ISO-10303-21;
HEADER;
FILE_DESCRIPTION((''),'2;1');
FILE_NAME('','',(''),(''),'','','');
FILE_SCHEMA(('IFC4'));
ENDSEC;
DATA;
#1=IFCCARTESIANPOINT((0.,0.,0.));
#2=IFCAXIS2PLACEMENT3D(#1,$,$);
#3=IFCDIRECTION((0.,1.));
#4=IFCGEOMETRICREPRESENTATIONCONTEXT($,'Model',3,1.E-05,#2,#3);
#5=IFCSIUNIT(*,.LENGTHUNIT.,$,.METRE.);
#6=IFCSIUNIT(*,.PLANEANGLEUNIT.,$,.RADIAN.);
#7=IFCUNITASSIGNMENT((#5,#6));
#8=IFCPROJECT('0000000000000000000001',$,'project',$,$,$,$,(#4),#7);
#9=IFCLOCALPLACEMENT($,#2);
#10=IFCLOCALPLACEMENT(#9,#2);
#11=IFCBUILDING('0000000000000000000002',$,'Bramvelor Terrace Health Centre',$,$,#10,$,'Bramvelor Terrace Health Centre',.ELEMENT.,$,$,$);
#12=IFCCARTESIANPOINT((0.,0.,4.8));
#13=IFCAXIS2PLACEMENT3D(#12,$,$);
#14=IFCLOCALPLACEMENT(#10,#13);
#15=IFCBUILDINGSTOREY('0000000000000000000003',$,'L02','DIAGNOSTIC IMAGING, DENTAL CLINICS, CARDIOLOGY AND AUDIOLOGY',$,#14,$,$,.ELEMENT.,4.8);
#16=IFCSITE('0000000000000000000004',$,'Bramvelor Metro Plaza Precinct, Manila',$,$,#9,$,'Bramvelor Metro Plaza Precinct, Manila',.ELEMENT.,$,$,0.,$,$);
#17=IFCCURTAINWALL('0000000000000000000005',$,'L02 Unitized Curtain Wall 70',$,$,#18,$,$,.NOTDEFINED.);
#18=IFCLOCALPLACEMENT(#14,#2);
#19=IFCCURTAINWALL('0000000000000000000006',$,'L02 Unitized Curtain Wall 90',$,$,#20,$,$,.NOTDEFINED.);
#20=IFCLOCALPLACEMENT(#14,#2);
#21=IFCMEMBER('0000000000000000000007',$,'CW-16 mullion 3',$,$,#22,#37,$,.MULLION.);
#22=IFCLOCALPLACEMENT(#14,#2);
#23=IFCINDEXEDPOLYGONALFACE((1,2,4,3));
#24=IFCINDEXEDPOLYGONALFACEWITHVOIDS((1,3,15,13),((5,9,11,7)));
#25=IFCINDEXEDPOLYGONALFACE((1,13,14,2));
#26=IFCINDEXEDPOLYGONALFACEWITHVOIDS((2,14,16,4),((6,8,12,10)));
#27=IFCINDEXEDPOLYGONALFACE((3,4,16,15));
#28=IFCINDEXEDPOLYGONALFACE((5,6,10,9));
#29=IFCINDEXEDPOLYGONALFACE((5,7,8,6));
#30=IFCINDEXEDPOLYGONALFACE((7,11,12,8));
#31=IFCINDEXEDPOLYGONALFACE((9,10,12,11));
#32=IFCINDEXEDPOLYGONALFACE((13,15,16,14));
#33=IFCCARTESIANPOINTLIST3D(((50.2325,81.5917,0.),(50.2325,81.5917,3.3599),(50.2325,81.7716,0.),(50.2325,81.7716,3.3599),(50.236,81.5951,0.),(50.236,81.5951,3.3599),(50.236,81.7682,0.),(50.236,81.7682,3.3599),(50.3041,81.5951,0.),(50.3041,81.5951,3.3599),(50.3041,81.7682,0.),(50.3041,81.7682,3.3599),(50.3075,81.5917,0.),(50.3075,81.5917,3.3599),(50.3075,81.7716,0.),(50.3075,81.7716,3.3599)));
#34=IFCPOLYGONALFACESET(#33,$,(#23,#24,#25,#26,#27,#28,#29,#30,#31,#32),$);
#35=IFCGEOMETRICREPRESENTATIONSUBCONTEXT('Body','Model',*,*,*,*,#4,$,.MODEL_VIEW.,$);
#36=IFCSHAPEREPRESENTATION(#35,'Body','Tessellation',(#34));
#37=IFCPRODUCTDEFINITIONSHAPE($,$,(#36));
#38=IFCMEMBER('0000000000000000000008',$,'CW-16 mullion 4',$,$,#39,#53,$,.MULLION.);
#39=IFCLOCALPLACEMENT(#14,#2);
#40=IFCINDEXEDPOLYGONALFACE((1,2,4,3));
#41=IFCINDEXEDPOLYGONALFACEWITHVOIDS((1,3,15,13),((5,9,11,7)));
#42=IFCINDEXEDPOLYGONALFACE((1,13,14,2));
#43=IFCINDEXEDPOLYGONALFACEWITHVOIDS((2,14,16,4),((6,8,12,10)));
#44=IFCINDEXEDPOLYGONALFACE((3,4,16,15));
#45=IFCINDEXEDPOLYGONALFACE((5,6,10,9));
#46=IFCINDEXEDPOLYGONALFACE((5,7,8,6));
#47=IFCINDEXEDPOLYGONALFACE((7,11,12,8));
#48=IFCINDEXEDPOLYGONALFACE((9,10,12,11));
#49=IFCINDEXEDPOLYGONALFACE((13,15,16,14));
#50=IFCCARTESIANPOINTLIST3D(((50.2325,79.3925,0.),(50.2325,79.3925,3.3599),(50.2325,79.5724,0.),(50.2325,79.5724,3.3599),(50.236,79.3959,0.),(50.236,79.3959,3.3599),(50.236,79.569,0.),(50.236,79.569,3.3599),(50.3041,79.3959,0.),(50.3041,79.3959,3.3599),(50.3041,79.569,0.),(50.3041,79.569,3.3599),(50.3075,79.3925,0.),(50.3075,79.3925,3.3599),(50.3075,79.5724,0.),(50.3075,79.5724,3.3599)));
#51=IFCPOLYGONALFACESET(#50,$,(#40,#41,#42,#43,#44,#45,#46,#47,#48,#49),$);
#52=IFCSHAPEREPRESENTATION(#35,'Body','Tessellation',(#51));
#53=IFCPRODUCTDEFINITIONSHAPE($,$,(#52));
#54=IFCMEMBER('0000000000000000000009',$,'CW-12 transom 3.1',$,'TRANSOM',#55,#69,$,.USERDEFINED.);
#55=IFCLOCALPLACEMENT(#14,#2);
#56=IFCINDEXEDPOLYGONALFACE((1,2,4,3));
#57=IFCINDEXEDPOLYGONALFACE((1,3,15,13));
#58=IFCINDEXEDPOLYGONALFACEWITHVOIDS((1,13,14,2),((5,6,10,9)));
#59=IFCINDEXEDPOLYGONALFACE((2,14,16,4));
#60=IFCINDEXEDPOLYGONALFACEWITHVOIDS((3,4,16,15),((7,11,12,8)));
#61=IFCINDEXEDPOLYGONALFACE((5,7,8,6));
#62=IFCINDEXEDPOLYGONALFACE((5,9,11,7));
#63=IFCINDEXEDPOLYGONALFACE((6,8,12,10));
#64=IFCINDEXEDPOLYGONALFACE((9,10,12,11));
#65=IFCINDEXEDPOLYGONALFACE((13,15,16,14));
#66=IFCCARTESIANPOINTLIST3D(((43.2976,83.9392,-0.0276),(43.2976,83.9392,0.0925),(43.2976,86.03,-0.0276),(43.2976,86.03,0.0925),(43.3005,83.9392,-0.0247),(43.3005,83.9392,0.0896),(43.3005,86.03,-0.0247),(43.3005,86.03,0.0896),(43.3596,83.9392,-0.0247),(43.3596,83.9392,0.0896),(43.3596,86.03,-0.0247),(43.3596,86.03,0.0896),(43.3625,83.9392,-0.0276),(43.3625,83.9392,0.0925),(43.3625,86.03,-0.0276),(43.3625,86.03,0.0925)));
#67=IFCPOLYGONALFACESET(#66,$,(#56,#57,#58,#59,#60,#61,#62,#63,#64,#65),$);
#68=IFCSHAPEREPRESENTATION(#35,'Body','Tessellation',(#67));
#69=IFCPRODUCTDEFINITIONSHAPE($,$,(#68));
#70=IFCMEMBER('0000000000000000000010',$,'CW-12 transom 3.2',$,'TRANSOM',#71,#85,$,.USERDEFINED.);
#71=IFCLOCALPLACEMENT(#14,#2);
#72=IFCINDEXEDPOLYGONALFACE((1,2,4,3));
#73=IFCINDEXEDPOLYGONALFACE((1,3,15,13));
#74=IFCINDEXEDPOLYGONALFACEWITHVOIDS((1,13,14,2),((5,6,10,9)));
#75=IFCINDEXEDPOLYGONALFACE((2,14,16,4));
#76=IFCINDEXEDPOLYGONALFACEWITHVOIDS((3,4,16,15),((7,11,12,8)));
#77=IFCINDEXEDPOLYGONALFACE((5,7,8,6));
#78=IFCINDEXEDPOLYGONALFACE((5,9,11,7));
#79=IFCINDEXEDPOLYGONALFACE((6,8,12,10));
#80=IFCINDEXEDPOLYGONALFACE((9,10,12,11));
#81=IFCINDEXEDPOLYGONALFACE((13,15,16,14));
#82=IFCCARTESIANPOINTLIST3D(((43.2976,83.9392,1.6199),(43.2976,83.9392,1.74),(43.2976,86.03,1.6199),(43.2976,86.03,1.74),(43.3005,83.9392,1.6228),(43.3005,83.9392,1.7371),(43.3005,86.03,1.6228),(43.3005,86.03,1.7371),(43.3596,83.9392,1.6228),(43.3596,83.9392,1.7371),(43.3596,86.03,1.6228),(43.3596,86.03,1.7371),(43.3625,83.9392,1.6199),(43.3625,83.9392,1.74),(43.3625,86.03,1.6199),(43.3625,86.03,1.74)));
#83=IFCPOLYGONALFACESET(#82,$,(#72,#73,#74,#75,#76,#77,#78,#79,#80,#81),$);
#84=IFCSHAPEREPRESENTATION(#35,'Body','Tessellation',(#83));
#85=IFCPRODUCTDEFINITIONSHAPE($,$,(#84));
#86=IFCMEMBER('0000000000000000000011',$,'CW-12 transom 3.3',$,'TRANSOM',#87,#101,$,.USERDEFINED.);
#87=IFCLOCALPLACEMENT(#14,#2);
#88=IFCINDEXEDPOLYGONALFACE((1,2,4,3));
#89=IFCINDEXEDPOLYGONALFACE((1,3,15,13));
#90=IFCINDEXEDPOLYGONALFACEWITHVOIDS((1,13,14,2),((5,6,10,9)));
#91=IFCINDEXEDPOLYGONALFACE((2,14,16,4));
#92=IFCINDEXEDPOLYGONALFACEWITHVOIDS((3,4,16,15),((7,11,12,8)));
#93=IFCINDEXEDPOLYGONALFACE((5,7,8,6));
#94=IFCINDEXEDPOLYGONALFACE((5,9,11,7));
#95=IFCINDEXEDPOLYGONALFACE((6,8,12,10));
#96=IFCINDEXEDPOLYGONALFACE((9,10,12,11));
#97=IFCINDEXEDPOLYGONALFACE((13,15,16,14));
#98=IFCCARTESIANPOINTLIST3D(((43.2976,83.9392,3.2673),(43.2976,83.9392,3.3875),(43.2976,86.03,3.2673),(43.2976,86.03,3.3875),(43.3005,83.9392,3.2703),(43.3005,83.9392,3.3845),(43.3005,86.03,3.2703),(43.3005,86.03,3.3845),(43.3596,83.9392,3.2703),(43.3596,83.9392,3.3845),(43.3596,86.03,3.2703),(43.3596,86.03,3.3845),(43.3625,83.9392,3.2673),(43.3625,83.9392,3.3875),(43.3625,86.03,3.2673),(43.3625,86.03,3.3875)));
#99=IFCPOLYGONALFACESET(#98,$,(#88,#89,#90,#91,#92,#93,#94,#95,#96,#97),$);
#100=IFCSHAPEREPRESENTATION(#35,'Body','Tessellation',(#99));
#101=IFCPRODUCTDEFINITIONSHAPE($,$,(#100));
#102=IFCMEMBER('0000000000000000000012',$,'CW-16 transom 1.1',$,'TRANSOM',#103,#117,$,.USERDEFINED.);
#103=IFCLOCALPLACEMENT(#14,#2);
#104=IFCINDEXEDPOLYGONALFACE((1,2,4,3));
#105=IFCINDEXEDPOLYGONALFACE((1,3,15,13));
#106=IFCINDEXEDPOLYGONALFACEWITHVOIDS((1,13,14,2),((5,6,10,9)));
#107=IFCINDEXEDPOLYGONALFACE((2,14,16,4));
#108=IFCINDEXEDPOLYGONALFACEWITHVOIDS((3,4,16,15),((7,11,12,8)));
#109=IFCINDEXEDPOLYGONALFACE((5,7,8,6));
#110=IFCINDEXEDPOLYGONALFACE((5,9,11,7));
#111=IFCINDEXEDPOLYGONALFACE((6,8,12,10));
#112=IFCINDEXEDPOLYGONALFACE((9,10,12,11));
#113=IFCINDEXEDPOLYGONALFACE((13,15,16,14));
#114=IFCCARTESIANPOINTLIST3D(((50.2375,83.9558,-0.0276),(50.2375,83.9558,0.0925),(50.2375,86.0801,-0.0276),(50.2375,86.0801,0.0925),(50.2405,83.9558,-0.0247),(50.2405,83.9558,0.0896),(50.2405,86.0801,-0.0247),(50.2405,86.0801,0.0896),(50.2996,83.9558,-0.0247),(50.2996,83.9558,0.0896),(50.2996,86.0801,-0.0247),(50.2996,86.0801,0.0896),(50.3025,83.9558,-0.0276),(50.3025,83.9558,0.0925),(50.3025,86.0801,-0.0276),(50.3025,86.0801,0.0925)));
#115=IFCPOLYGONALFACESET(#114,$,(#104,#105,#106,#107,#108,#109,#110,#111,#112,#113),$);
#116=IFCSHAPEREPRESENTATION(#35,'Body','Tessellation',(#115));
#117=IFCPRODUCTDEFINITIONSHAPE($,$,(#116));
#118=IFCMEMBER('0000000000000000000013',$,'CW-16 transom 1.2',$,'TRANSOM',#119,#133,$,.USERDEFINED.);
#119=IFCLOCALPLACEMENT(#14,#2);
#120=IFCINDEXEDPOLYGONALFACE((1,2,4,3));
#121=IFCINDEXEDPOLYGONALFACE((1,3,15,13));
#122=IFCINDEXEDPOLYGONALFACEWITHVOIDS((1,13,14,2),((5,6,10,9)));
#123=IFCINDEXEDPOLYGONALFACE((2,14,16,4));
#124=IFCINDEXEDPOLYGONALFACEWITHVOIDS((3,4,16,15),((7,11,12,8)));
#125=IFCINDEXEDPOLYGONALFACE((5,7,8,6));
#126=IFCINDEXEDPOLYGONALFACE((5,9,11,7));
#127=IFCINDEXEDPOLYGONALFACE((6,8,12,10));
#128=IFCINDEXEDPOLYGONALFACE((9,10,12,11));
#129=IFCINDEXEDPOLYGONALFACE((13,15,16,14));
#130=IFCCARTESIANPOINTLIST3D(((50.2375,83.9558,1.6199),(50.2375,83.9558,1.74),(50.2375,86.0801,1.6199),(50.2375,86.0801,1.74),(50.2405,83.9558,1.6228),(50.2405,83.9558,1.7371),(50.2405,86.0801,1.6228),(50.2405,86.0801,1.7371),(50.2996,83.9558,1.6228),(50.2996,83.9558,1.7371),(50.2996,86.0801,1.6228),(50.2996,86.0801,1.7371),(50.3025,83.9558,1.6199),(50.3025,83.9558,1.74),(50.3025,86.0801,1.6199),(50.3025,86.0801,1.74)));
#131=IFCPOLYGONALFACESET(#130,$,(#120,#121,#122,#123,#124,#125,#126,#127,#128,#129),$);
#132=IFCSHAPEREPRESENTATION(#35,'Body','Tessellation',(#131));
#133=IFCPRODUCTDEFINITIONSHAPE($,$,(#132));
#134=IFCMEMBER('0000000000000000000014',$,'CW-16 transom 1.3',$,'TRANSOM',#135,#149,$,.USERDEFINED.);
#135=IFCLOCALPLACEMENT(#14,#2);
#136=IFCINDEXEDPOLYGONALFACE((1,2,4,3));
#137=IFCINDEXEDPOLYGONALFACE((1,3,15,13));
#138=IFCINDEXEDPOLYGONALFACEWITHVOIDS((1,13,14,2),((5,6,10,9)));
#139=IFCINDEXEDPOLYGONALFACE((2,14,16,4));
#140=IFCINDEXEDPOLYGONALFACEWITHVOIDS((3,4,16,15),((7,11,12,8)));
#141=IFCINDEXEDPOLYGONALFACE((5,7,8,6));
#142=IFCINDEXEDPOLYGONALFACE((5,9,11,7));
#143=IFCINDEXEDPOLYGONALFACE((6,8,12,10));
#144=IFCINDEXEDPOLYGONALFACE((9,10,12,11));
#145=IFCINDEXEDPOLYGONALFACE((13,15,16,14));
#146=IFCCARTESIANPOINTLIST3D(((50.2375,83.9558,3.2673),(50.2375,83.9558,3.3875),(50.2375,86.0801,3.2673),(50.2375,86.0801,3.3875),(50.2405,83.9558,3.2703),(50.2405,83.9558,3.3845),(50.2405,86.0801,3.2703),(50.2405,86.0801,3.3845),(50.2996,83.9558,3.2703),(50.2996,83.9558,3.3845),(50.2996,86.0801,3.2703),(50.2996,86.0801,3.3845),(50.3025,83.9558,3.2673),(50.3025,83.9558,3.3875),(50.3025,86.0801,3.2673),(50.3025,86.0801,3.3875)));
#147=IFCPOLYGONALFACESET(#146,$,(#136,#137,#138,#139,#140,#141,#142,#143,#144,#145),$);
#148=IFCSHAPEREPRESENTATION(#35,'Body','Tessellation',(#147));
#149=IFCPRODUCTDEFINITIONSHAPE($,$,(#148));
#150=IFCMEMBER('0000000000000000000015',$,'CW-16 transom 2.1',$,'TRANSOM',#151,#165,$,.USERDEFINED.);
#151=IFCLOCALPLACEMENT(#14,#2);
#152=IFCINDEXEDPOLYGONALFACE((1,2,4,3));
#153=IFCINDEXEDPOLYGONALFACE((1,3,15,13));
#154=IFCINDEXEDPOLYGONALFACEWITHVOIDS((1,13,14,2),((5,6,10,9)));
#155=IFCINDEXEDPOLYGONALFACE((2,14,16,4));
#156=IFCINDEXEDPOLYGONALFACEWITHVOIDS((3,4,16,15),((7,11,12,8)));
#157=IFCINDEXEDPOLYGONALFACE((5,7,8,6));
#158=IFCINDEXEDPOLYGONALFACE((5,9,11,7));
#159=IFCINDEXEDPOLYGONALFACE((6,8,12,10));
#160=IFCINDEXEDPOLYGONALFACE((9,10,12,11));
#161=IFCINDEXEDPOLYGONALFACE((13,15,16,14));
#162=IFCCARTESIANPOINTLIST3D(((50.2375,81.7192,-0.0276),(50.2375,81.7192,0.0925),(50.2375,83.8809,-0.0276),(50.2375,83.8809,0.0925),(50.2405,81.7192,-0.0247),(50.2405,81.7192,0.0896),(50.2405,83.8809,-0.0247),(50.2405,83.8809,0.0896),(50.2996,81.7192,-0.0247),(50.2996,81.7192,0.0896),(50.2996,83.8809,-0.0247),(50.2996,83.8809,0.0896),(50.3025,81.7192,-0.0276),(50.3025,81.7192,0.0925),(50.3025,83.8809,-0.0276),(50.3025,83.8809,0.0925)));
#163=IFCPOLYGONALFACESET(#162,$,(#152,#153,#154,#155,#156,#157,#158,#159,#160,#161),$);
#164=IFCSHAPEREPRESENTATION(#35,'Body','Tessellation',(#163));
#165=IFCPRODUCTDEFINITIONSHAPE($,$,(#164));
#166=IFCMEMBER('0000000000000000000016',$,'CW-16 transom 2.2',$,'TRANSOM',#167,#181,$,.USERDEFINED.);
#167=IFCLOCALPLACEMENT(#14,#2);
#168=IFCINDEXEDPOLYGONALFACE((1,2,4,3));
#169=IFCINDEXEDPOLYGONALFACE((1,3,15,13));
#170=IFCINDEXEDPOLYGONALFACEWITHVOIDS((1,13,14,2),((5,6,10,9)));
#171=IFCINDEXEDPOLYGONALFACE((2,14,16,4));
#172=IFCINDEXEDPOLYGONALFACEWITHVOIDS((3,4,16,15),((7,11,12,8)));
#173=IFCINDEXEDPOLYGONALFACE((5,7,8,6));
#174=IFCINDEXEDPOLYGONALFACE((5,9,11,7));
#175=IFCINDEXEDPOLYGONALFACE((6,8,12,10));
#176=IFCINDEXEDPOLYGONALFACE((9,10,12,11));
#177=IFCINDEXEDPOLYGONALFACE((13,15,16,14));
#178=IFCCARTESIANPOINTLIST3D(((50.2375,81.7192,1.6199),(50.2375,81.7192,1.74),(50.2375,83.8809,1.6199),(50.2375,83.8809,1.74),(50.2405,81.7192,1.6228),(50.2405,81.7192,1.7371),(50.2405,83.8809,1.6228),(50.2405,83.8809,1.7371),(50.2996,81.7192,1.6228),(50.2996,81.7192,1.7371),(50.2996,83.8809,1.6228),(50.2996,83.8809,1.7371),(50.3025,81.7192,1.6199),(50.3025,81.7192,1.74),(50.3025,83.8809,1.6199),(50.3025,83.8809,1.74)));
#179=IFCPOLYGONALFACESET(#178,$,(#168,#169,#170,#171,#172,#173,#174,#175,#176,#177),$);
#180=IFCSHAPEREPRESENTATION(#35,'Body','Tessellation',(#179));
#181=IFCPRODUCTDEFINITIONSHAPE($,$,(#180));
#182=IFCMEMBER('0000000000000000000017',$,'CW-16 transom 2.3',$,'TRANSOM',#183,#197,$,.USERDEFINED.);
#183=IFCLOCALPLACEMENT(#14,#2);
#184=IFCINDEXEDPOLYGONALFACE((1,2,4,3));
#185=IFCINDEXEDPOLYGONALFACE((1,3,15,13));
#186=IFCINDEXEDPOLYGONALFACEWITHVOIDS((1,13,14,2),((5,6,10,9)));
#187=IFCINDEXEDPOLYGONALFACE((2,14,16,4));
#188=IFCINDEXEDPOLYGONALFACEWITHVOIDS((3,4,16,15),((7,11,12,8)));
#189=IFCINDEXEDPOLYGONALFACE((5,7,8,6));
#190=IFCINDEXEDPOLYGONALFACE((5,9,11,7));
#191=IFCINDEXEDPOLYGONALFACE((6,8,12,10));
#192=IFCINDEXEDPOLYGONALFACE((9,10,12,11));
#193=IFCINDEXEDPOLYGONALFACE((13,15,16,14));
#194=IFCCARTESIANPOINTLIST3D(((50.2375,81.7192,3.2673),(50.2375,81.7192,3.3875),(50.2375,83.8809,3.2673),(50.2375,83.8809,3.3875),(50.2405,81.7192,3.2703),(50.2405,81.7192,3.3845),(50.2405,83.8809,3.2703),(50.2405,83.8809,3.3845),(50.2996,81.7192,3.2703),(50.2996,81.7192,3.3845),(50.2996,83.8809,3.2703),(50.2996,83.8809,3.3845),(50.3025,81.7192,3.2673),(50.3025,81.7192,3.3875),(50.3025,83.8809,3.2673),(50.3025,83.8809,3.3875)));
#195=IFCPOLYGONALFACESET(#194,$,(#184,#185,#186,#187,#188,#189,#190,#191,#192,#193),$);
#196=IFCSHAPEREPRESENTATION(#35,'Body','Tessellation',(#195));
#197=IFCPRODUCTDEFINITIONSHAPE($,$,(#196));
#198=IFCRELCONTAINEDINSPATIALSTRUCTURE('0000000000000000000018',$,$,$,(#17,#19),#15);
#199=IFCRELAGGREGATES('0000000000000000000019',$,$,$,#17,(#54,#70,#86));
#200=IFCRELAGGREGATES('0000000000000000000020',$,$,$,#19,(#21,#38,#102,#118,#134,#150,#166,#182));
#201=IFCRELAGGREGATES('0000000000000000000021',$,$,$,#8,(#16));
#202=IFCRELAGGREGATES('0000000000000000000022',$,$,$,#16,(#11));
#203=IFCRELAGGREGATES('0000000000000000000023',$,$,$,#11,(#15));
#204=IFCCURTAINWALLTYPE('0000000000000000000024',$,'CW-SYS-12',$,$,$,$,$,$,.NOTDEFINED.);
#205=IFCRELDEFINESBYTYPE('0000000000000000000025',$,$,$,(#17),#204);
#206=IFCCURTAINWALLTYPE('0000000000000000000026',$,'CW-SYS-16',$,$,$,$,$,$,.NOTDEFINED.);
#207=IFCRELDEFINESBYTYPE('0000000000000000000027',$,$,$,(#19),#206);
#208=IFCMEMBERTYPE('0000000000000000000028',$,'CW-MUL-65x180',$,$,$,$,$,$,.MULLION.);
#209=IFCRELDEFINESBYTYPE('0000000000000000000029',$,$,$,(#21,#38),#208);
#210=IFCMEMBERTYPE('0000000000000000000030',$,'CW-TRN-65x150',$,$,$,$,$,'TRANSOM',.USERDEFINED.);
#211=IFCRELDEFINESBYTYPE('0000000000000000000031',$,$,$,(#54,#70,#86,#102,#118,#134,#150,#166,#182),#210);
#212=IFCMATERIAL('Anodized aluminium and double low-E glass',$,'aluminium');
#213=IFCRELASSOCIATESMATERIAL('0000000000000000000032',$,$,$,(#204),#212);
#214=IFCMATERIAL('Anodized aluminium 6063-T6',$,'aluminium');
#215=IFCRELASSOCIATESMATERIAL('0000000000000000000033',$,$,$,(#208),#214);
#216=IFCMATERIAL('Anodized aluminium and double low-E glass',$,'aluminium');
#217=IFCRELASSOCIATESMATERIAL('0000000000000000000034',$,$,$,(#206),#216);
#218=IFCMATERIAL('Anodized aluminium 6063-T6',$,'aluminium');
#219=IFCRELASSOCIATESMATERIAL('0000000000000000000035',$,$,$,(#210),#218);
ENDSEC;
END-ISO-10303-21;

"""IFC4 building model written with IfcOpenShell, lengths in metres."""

from ifc_helpers import new_model, si_unit, direction, frame, origin, origin_2d, place, context, subcontext, project, spatial, hollow_rectangle, extrude, material, material_profile, profile_set, type_object, element, aggregate, save


model = new_model("IFC4")

# Units and contexts
model_context = context("Model", 3, precision=1e-05, world=origin(), true_north=direction((0.0, 1.0)))
body_context = subcontext(model_context, "Body", "Model", "MODEL_VIEW")
ifc_project = project(units=[si_unit("LENGTHUNIT", "METRE"), si_unit("PLANEANGLEUNIT", "RADIAN")], contexts=[model_context])

# Site, building, storey
site_placement = place(None, origin())
site = spatial("IfcSite", under=ifc_project, at=site_placement, Name="Bramvelor Metro Plaza Precinct, Manila", LongName="Bramvelor Metro Plaza Precinct, Manila", CompositionType="ELEMENT", RefElevation=0.0)
building_placement = place(site_placement, origin())
building = spatial("IfcBuilding", under=site, at=building_placement, Name="Bramvelor Terrace Health Centre", LongName="Bramvelor Terrace Health Centre", CompositionType="ELEMENT")
storey_placement = place(building_placement, frame((0.0, 0.0, 4.8)))
storey = spatial("IfcBuildingStorey", under=building, at=storey_placement, Name="L02", Description="DIAGNOSTIC IMAGING, DENTAL CLINICS, CARDIOLOGY AND AUDIOLOGY", CompositionType="ELEMENT", Elevation=4.8)

# Curtain walls, members
ifc_material_1 = material(Name="Anodized aluminium and double low-E glass", Category="aluminium")
curtain_wall_type_1 = type_object("IfcCurtainWallType", Name="CW-SYS-12", PredefinedType="NOTDEFINED", material=ifc_material_1)
curtain_wall_1_placement = place(storey_placement, origin())
curtain_wall_1 = element("IfcCurtainWall", 1, at=curtain_wall_1_placement, inside=storey, type_object=curtain_wall_type_1, Name="L02 Unitized Curtain Wall 70", PredefinedType="NOTDEFINED")
ifc_material_2 = material(Name="Anodized aluminium 6063-T6", Category="aluminium")
ifc_material_profile_1 = material_profile(ifc_material_2, hollow_rectangle(XDim=0.075, YDim=0.1799, WallThickness=0.0034, at=origin_2d()), Name="ALU-MUL 75x180x3.5")
ifc_profile_set_1 = profile_set([ifc_material_profile_1], Name="Anodized aluminium 6063-T6")
member_type_1 = type_object("IfcMemberType", Name="CW-MUL-65x180", PredefinedType="MULLION", material=ifc_profile_set_1)
ifc_material_3 = material(Name="Anodized aluminium and double low-E glass", Category="aluminium")
curtain_wall_type_2 = type_object("IfcCurtainWallType", Name="CW-SYS-16", PredefinedType="NOTDEFINED", material=ifc_material_3)
curtain_wall_2_placement = place(storey_placement, origin())
curtain_wall_2 = element("IfcCurtainWall", 2, at=curtain_wall_2_placement, inside=storey, type_object=curtain_wall_type_2, Name="L02 Unitized Curtain Wall 90", PredefinedType="NOTDEFINED")
member_1_placement = place(storey_placement, frame((50.27, 81.6816, 0.0), z_axis=(0.0, 0.0, 1.0), x_axis=(1.0, 0.0, 0.0)))
member_1 = element("IfcMember", 3, at=member_1_placement, type_object=member_type_1, Name="CW-16 mullion 3", PredefinedType="MULLION", context=body_context, shape_type="SweptSolid", body=[
    extrude(hollow_rectangle(XDim=0.075, YDim=0.1799, WallThickness=0.0034, at=origin_2d()), origin(), (0.0, 0.0, 1.0), 3.3599),
])
member_2_placement = place(storey_placement, frame((50.27, 79.4824, 0.0), z_axis=(0.0, 0.0, 1.0), x_axis=(1.0, 0.0, 0.0)))
member_2 = element("IfcMember", 4, at=member_2_placement, type_object=member_type_1, Name="CW-16 mullion 4", PredefinedType="MULLION", context=body_context, shape_type="SweptSolid", body=[
    extrude(hollow_rectangle(XDim=0.075, YDim=0.1799, WallThickness=0.0034, at=origin_2d()), origin(), (0.0, 0.0, 1.0), 3.3599),
])

# Members
ifc_material_4 = material(Name="Anodized aluminium 6063-T6", Category="aluminium")
ifc_material_profile_2 = material_profile(ifc_material_4, hollow_rectangle(XDim=0.0649, YDim=0.1201, WallThickness=0.0029, at=origin_2d()), Name="ALU-TRN 65x120x3.0")
ifc_profile_set_2 = profile_set([ifc_material_profile_2], Name="Anodized aluminium 6063-T6")
member_type_2 = type_object("IfcMemberType", Name="CW-TRN-65x150", ElementType="TRANSOM", PredefinedType="USERDEFINED", material=ifc_profile_set_2)
member_3_placement = place(storey_placement, frame((43.3301, 83.9392, 0.0325), z_axis=(0.0, 1.0, 0.0), x_axis=(-1.0, 0.0, 0.0)))
member_3 = element("IfcMember", 5, at=member_3_placement, type_object=member_type_2, Name="CW-12 transom 3.1", ObjectType="TRANSOM", PredefinedType="USERDEFINED", context=body_context, shape_type="SweptSolid", body=[
    extrude(hollow_rectangle(XDim=0.0649, YDim=0.1201, WallThickness=0.0029, at=origin_2d()), origin(), (0.0, 0.0, 1.0), 2.0908),
])
member_4_placement = place(storey_placement, frame((43.3301, 83.9392, 1.6799), z_axis=(0.0, 1.0, 0.0), x_axis=(-1.0, 0.0, 0.0)))
member_4 = element("IfcMember", 6, at=member_4_placement, type_object=member_type_2, Name="CW-12 transom 3.2", ObjectType="TRANSOM", PredefinedType="USERDEFINED", context=body_context, shape_type="SweptSolid", body=[
    extrude(hollow_rectangle(XDim=0.0649, YDim=0.1201, WallThickness=0.0029, at=origin_2d()), origin(), (0.0, 0.0, 1.0), 2.0908),
])
member_5_placement = place(storey_placement, frame((43.3301, 83.9392, 3.3274), z_axis=(0.0, 1.0, 0.0), x_axis=(-1.0, 0.0, 0.0)))
member_5 = element("IfcMember", 7, at=member_5_placement, type_object=member_type_2, Name="CW-12 transom 3.3", ObjectType="TRANSOM", PredefinedType="USERDEFINED", context=body_context, shape_type="SweptSolid", body=[
    extrude(hollow_rectangle(XDim=0.0649, YDim=0.1201, WallThickness=0.0029, at=origin_2d()), origin(), (0.0, 0.0, 1.0), 2.0908),
])
member_6_placement = place(storey_placement, frame((50.27, 86.0801, 0.0325), z_axis=(0.0, -1.0, 0.0), x_axis=(1.0, 0.0, 0.0)))
member_6 = element("IfcMember", 8, at=member_6_placement, type_object=member_type_2, Name="CW-16 transom 1.1", ObjectType="TRANSOM", PredefinedType="USERDEFINED", context=body_context, shape_type="SweptSolid", body=[
    extrude(hollow_rectangle(XDim=0.0649, YDim=0.1201, WallThickness=0.0029, at=origin_2d()), origin(), (0.0, 0.0, 1.0), 2.1243),
])
member_7_placement = place(storey_placement, frame((50.27, 86.0801, 1.6799), z_axis=(0.0, -1.0, 0.0), x_axis=(1.0, 0.0, 0.0)))
member_7 = element("IfcMember", 9, at=member_7_placement, type_object=member_type_2, Name="CW-16 transom 1.2", ObjectType="TRANSOM", PredefinedType="USERDEFINED", context=body_context, shape_type="SweptSolid", body=[
    extrude(hollow_rectangle(XDim=0.0649, YDim=0.1201, WallThickness=0.0029, at=origin_2d()), origin(), (0.0, 0.0, 1.0), 2.1243),
])
member_8_placement = place(storey_placement, frame((50.27, 86.0801, 3.3274), z_axis=(0.0, -1.0, 0.0), x_axis=(1.0, 0.0, 0.0)))
member_8 = element("IfcMember", 10, at=member_8_placement, type_object=member_type_2, Name="CW-16 transom 1.3", ObjectType="TRANSOM", PredefinedType="USERDEFINED", context=body_context, shape_type="SweptSolid", body=[
    extrude(hollow_rectangle(XDim=0.0649, YDim=0.1201, WallThickness=0.0029, at=origin_2d()), origin(), (0.0, 0.0, 1.0), 2.1243),
])
member_9_placement = place(storey_placement, frame((50.27, 83.8809, 0.0325), z_axis=(0.0, -1.0, 0.0), x_axis=(1.0, 0.0, 0.0)))
member_9 = element("IfcMember", 11, at=member_9_placement, type_object=member_type_2, Name="CW-16 transom 2.1", ObjectType="TRANSOM", PredefinedType="USERDEFINED", context=body_context, shape_type="SweptSolid", body=[
    extrude(hollow_rectangle(XDim=0.0649, YDim=0.1201, WallThickness=0.0029, at=origin_2d()), origin(), (0.0, 0.0, 1.0), 2.1616),
])
member_10_placement = place(storey_placement, frame((50.27, 83.8809, 1.6799), z_axis=(0.0, -1.0, 0.0), x_axis=(1.0, 0.0, 0.0)))
member_10 = element("IfcMember", 12, at=member_10_placement, type_object=member_type_2, Name="CW-16 transom 2.2", ObjectType="TRANSOM", PredefinedType="USERDEFINED", context=body_context, shape_type="SweptSolid", body=[
    extrude(hollow_rectangle(XDim=0.0649, YDim=0.1201, WallThickness=0.0029, at=origin_2d()), origin(), (0.0, 0.0, 1.0), 2.1616),
])
member_11_placement = place(storey_placement, frame((50.27, 83.8809, 3.3274), z_axis=(0.0, -1.0, 0.0), x_axis=(1.0, 0.0, 0.0)))
member_11 = element("IfcMember", 13, at=member_11_placement, type_object=member_type_2, Name="CW-16 transom 2.3", ObjectType="TRANSOM", PredefinedType="USERDEFINED", context=body_context, shape_type="SweptSolid", body=[
    extrude(hollow_rectangle(XDim=0.0649, YDim=0.1201, WallThickness=0.0029, at=origin_2d()), origin(), (0.0, 0.0, 1.0), 2.1616),
])

aggregate(curtain_wall_1, [member_3, member_4, member_5])
aggregate(curtain_wall_2, [member_1, member_2, member_6, member_7, member_8, member_9, member_10, member_11])

save(model, "model.ifc")
